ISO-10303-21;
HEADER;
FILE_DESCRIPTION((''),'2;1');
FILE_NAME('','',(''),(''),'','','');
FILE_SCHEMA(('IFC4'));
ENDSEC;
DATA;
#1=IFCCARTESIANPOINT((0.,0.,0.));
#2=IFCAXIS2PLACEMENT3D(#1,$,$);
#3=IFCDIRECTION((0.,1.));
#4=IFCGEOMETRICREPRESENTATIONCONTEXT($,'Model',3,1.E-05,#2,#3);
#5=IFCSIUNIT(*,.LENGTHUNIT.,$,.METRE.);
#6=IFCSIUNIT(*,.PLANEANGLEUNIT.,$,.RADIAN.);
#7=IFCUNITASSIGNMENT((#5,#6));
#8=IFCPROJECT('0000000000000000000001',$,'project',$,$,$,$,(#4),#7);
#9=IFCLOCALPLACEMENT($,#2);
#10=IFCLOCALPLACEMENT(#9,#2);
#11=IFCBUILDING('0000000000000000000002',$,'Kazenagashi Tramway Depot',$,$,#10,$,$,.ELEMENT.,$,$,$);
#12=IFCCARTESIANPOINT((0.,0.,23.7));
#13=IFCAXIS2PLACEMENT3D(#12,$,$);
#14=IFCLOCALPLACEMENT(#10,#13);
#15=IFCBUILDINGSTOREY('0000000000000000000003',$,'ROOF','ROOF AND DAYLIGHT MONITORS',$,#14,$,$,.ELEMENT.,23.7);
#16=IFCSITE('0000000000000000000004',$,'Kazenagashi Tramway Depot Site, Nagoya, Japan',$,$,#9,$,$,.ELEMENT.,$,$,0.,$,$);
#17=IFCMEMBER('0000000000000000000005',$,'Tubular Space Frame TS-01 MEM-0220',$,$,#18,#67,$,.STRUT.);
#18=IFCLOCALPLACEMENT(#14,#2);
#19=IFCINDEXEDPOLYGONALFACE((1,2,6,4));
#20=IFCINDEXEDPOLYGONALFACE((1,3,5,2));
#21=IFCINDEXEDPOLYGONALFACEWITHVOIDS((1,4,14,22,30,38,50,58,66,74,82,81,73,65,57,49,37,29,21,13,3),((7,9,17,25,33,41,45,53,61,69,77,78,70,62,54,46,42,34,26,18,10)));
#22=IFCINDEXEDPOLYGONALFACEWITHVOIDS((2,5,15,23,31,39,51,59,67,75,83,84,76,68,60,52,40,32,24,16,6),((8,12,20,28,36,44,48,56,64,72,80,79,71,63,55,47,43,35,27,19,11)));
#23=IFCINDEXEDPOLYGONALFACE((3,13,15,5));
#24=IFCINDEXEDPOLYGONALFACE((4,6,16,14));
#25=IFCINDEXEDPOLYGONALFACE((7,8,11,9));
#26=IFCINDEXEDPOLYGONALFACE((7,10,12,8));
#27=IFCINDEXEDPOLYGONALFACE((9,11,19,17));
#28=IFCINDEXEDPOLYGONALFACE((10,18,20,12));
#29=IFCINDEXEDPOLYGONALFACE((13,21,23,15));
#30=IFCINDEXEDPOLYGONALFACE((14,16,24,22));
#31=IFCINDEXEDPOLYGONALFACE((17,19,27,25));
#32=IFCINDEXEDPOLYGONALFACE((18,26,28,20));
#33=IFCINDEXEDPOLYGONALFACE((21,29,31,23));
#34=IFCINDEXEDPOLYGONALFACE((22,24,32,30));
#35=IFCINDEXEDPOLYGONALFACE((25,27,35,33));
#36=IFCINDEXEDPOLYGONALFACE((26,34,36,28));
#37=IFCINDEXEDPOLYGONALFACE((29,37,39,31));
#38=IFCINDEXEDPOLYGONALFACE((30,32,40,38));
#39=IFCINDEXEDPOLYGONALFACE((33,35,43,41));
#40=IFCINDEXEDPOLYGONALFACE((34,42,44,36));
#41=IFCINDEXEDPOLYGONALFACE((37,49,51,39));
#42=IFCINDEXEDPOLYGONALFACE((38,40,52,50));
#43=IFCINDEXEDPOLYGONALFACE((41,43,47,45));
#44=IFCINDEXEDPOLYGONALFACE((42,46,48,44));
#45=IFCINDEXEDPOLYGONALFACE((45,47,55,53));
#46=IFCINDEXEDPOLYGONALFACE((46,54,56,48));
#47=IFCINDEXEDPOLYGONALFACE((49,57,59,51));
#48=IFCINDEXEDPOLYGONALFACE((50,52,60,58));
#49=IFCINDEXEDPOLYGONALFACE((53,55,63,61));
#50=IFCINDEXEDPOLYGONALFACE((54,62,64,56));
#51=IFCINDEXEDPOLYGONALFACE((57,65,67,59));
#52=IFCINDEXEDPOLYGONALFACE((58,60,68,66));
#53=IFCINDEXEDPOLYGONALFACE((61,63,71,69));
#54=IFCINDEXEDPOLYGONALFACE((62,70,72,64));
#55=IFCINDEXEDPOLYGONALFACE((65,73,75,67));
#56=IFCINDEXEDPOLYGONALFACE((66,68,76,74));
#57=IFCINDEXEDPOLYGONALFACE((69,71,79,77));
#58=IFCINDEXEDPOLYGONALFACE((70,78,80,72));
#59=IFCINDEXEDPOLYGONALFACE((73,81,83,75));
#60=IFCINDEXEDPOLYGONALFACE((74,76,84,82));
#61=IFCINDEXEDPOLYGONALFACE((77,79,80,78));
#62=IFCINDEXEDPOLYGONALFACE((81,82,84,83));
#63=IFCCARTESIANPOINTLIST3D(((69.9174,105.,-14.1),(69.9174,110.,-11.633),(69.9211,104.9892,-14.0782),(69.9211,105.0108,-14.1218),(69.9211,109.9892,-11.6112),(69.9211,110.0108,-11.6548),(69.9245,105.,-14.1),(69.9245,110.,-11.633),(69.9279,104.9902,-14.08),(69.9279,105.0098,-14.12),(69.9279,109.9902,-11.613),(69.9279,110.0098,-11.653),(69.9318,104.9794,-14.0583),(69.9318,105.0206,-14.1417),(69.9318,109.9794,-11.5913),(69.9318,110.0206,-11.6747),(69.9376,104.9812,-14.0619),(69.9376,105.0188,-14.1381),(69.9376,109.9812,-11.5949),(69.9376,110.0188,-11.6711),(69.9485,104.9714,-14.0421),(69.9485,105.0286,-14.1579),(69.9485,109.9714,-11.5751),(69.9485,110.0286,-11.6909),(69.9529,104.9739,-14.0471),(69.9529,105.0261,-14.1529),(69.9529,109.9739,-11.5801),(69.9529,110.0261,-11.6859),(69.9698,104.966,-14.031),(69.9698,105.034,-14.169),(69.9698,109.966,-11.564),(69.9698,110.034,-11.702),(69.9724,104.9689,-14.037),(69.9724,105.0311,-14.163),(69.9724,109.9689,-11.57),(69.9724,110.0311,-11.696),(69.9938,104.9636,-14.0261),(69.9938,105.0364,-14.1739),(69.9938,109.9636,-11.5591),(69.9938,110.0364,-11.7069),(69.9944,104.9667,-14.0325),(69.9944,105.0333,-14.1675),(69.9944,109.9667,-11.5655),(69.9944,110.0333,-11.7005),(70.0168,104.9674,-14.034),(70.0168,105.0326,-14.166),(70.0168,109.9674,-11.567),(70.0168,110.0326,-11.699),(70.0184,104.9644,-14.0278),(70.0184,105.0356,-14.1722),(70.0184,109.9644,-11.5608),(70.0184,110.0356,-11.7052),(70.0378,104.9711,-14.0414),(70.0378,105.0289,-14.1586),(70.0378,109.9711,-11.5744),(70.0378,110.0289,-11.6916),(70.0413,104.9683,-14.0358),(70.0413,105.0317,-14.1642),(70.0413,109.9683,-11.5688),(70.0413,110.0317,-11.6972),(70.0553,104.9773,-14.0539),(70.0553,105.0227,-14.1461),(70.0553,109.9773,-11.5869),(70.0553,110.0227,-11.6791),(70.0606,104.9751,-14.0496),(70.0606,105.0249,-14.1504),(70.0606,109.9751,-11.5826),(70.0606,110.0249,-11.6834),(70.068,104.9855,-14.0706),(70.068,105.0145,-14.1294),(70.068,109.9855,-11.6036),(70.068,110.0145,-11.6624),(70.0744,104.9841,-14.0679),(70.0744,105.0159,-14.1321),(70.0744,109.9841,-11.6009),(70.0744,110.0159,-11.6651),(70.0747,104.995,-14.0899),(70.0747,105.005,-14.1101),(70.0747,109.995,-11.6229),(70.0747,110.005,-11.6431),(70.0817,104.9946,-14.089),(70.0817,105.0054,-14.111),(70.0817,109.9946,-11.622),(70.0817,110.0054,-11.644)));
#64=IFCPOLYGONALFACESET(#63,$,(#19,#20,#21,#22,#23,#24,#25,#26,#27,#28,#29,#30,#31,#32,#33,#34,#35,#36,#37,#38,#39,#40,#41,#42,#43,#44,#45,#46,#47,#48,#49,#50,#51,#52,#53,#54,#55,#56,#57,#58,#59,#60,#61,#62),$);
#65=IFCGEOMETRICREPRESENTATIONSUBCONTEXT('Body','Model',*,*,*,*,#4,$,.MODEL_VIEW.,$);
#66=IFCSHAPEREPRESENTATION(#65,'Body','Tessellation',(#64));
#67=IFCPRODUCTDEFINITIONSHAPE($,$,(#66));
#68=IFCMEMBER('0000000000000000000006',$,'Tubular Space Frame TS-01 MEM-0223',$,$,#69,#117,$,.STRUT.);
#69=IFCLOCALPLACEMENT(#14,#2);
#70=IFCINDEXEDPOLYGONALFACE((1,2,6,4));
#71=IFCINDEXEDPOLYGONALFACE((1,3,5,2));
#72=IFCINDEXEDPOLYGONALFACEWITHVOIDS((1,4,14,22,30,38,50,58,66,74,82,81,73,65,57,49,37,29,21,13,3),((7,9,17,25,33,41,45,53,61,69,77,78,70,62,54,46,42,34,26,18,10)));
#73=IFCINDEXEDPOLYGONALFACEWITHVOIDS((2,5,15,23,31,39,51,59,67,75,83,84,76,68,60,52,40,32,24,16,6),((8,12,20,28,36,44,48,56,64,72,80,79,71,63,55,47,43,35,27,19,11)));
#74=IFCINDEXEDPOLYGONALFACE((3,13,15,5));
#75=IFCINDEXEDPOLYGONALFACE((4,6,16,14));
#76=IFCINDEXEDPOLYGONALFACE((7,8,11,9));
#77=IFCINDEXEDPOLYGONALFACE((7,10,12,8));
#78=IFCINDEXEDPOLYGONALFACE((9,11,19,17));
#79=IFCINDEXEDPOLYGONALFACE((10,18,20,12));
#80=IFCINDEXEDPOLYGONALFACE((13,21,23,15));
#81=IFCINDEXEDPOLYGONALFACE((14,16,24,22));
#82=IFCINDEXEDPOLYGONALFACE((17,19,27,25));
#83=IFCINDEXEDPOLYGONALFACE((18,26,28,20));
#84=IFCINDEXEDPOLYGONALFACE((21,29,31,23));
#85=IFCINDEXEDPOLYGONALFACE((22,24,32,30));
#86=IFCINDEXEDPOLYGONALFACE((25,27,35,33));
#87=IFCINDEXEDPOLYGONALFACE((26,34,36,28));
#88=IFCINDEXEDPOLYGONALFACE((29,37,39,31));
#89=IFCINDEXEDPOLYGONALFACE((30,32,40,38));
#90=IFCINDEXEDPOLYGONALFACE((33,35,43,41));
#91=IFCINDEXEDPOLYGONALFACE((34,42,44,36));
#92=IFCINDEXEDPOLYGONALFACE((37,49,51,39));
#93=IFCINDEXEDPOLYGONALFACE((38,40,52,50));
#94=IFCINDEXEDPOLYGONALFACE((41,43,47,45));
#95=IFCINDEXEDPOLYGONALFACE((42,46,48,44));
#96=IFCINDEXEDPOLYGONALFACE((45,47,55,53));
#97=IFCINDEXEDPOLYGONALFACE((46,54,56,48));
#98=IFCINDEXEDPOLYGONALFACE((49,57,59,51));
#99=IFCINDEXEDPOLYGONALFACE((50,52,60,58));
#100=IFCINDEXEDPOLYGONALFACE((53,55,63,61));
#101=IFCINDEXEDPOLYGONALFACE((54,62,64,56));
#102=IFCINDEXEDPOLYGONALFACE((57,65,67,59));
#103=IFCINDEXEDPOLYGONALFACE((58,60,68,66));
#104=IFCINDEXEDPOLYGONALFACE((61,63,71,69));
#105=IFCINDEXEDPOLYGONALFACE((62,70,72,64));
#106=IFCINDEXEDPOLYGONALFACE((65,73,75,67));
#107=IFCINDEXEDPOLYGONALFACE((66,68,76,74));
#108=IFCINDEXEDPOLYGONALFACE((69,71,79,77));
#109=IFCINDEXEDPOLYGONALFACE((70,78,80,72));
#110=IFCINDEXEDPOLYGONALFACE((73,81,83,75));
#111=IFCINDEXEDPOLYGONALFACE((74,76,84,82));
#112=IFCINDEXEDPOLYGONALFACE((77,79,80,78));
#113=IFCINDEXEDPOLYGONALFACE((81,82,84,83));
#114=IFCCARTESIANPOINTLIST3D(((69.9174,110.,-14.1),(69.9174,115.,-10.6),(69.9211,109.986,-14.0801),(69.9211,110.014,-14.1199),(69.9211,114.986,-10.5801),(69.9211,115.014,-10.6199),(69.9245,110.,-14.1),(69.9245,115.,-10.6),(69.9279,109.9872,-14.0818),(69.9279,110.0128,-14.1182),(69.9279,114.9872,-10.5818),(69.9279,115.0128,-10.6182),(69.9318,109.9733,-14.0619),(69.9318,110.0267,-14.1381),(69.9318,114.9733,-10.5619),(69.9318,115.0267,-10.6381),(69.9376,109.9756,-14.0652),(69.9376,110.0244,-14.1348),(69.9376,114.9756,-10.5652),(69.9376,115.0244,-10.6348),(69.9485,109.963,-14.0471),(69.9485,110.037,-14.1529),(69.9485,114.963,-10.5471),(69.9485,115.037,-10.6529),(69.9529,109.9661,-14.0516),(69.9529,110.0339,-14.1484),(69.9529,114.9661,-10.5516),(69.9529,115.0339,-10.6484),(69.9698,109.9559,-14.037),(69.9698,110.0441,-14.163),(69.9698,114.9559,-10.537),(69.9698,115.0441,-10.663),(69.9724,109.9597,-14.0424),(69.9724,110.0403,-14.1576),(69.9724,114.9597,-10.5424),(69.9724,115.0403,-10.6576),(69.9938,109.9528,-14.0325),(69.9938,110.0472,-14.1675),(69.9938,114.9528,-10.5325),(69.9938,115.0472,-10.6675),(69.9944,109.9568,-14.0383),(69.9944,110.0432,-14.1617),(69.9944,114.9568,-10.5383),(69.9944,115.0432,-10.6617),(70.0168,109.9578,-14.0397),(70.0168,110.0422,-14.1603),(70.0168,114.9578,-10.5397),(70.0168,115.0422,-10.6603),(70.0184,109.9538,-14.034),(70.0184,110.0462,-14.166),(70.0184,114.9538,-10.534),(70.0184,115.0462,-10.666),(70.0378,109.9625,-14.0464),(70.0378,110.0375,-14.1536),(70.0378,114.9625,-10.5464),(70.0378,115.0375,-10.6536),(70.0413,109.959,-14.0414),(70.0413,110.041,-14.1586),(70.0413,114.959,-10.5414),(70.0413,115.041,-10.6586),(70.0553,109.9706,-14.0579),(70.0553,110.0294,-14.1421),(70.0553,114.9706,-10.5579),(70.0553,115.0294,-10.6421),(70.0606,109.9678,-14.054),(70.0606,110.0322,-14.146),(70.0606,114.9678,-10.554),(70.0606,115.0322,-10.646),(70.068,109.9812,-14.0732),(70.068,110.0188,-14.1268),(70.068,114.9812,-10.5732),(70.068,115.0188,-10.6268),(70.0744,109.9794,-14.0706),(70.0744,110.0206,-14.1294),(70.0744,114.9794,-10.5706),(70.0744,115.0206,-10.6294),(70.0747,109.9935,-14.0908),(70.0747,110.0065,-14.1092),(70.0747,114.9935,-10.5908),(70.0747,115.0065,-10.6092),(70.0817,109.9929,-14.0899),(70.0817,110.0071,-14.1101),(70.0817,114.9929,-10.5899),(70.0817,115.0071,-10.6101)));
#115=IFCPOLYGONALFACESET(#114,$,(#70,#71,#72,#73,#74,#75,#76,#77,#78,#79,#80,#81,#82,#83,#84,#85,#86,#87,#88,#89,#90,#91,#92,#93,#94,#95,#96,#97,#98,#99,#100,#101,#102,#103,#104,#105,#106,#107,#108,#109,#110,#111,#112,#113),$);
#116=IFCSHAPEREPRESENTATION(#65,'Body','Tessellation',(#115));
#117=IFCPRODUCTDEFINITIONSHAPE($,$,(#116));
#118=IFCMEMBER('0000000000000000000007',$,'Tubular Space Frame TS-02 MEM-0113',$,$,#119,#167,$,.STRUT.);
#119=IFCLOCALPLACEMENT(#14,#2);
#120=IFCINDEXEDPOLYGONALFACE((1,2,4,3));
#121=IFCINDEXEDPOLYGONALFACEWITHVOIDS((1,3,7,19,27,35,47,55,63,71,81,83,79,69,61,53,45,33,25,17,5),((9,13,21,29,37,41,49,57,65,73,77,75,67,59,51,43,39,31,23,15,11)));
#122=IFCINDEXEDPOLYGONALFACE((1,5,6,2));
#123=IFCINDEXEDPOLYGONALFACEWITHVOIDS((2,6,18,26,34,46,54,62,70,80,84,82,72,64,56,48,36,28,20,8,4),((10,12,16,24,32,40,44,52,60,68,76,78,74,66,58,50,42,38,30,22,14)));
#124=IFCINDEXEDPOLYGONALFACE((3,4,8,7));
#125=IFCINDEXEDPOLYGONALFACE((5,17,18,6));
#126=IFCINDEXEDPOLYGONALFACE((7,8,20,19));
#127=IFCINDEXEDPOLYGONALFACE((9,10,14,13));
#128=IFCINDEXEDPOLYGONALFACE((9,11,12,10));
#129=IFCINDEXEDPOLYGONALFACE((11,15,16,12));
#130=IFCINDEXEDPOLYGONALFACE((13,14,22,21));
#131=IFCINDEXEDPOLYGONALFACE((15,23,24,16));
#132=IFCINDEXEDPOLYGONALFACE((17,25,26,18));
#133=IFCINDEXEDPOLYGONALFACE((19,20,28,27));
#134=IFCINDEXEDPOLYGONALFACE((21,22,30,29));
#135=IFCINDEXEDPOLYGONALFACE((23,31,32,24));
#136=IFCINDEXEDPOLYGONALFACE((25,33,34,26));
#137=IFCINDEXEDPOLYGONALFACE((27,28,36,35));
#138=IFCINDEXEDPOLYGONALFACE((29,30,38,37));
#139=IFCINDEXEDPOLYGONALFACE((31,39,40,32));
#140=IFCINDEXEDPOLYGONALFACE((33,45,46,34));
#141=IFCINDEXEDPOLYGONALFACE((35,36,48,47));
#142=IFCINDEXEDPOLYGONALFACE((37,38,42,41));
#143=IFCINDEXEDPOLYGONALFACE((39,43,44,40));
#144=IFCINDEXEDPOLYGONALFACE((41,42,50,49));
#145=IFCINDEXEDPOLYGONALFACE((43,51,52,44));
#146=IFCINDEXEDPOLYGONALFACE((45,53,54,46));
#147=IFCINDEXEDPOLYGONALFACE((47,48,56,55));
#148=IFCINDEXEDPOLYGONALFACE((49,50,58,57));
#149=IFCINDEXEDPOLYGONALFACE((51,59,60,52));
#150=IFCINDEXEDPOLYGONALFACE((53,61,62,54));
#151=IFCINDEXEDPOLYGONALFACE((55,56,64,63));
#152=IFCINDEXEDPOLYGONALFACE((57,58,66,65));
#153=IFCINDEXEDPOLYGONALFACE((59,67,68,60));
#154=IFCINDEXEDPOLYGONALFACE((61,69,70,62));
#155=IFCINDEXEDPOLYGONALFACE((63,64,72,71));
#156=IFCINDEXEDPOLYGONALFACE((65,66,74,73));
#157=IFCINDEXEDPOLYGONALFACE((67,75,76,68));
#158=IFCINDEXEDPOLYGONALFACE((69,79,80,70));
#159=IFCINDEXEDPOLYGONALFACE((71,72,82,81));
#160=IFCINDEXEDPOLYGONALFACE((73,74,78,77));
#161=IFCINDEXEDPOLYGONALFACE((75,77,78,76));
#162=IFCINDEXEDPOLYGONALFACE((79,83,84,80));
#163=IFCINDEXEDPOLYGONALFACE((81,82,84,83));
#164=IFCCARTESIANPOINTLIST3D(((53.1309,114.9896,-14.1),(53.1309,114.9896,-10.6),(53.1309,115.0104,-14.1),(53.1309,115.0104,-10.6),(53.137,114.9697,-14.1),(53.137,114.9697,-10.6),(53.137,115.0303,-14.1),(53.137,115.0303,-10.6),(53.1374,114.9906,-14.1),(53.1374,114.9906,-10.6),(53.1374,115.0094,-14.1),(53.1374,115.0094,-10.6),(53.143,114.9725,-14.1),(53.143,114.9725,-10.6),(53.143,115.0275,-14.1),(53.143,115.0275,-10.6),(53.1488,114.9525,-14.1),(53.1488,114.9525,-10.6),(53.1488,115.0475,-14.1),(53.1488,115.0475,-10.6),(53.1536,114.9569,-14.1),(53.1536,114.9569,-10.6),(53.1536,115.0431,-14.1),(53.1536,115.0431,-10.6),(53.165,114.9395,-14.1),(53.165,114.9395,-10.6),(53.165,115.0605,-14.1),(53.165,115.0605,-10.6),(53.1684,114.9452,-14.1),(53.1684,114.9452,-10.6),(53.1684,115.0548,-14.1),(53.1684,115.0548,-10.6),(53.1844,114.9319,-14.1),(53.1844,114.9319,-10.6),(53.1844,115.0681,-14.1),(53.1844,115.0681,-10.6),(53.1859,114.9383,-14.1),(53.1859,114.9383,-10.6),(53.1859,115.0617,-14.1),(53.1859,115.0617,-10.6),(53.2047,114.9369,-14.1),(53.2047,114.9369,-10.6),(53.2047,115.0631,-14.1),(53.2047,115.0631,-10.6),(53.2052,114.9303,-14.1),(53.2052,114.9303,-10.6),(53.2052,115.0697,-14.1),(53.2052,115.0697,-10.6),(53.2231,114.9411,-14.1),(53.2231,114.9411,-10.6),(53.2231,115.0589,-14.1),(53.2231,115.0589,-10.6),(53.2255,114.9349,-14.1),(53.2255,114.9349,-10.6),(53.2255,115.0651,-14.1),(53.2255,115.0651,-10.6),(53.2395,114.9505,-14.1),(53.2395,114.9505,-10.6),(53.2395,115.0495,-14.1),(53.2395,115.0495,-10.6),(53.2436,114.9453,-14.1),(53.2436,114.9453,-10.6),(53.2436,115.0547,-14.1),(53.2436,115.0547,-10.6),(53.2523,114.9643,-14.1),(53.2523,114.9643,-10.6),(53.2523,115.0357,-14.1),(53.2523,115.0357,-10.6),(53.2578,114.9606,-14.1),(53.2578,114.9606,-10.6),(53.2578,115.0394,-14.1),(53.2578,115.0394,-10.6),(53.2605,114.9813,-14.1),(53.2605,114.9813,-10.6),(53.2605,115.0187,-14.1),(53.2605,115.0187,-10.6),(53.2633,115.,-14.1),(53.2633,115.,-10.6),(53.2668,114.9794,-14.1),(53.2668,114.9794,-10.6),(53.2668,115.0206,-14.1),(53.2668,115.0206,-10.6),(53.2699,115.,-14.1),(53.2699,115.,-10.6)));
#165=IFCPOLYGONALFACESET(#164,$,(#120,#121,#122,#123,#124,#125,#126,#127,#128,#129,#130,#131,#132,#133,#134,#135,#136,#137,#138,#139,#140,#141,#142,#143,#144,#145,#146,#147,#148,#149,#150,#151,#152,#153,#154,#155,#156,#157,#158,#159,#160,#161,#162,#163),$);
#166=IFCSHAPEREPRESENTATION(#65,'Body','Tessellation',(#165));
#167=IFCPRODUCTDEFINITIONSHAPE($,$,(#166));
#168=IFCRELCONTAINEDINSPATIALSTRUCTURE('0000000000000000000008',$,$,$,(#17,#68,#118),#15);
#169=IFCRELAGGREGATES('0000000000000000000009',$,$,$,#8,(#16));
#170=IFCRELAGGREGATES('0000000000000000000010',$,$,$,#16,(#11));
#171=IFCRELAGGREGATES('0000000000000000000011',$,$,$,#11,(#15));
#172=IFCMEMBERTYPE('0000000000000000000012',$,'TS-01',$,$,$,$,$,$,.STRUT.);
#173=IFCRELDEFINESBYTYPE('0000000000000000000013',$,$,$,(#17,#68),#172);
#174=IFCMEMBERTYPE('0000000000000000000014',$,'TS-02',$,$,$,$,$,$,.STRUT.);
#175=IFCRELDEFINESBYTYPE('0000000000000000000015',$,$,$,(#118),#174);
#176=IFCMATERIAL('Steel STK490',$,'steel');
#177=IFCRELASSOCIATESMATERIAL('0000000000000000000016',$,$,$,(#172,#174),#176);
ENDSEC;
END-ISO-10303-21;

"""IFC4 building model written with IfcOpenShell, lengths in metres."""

from ifc_helpers import new_model, si_unit, direction, frame, origin, origin_2d, place, context, subcontext, project, spatial, hollow_circle, extrude, material, material_profile, profile_set, type_object, element, save


model = new_model("IFC4")

# Units and contexts
model_context = context("Model", 3, precision=1e-05, world=origin(), true_north=direction((0.0, 1.0)))
body_context = subcontext(model_context, "Body", "Model", "MODEL_VIEW")
ifc_project = project(units=[si_unit("LENGTHUNIT", "METRE"), si_unit("PLANEANGLEUNIT", "RADIAN")], contexts=[model_context])

# Site, building, storey
site_placement = place(None, origin())
site = spatial("IfcSite", under=ifc_project, at=site_placement, Name="Kazenagashi Tramway Depot Site, Nagoya, Japan", CompositionType="ELEMENT", RefElevation=0.0)
building_placement = place(site_placement, origin())
building = spatial("IfcBuilding", under=site, at=building_placement, Name="Kazenagashi Tramway Depot", CompositionType="ELEMENT")
storey_placement = place(building_placement, frame((0.0, 0.0, 23.7)))
storey = spatial("IfcBuildingStorey", under=building, at=storey_placement, Name="ROOF", Description="ROOF AND DAYLIGHT MONITORS", CompositionType="ELEMENT", Elevation=23.7)

# Members
ifc_material_1 = material(Name="Steel STK490", Category="steel")
ifc_material_profile_1 = material_profile(ifc_material_1, hollow_circle(Radius=0.0826, WallThickness=0.0071, at=origin_2d()), Name="CHS-165.2x7.1")
ifc_profile_set_1 = profile_set([ifc_material_profile_1], Name="Steel STK490")
member_type_1 = type_object("IfcMemberType", Name="TS-01", PredefinedType="STRUT", material=ifc_profile_set_1)
member_1_placement = place(storey_placement, frame((70.0, 105.0, -14.1), z_axis=(0.0, 0.896782, 0.442472), x_axis=(-1.0, 0.0, 0.0)))
element("IfcMember", 1, at=member_1_placement, inside=storey, type_object=member_type_1, Name="Tubular Space Frame TS-01 MEM-0220", PredefinedType="STRUT", context=body_context, shape_type="SweptSolid", body=[
    extrude(hollow_circle(Radius=0.0826, WallThickness=0.0071, at=origin_2d()), origin(), (0.0, 0.0, 1.0), 5.5755),
])
member_2_placement = place(storey_placement, frame((70.0, 110.0, -14.1), z_axis=(0.0, 0.819232, 0.573462), x_axis=(-1.0, 0.0, 0.0)))
element("IfcMember", 2, at=member_2_placement, inside=storey, type_object=member_type_1, Name="Tubular Space Frame TS-01 MEM-0223", PredefinedType="STRUT", context=body_context, shape_type="SweptSolid", body=[
    extrude(hollow_circle(Radius=0.0826, WallThickness=0.0071, at=origin_2d()), origin(), (0.0, 0.0, 1.0), 6.1033),
])
ifc_material_profile_2 = material_profile(ifc_material_1, hollow_circle(Radius=0.0699, WallThickness=0.0066, at=origin_2d()), Name="CHS-139.8x6.6")
ifc_profile_set_2 = profile_set([ifc_material_profile_2], Name="Steel STK490")
member_type_2 = type_object("IfcMemberType", Name="TS-02", PredefinedType="STRUT", material=ifc_profile_set_2)
member_3_placement = place(storey_placement, frame((53.2, 115.0, -14.1), z_axis=(0.0, 0.0, 1.0), x_axis=(1.0, 0.0, 0.0)))
element("IfcMember", 3, at=member_3_placement, inside=storey, type_object=member_type_2, Name="Tubular Space Frame TS-02 MEM-0113", PredefinedType="STRUT", context=body_context, shape_type="SweptSolid", body=[
    extrude(hollow_circle(Radius=0.0699, WallThickness=0.0066, at=origin_2d()), origin(), (0.0, 0.0, 1.0), 3.5),
])

save(model, "model.ifc")
